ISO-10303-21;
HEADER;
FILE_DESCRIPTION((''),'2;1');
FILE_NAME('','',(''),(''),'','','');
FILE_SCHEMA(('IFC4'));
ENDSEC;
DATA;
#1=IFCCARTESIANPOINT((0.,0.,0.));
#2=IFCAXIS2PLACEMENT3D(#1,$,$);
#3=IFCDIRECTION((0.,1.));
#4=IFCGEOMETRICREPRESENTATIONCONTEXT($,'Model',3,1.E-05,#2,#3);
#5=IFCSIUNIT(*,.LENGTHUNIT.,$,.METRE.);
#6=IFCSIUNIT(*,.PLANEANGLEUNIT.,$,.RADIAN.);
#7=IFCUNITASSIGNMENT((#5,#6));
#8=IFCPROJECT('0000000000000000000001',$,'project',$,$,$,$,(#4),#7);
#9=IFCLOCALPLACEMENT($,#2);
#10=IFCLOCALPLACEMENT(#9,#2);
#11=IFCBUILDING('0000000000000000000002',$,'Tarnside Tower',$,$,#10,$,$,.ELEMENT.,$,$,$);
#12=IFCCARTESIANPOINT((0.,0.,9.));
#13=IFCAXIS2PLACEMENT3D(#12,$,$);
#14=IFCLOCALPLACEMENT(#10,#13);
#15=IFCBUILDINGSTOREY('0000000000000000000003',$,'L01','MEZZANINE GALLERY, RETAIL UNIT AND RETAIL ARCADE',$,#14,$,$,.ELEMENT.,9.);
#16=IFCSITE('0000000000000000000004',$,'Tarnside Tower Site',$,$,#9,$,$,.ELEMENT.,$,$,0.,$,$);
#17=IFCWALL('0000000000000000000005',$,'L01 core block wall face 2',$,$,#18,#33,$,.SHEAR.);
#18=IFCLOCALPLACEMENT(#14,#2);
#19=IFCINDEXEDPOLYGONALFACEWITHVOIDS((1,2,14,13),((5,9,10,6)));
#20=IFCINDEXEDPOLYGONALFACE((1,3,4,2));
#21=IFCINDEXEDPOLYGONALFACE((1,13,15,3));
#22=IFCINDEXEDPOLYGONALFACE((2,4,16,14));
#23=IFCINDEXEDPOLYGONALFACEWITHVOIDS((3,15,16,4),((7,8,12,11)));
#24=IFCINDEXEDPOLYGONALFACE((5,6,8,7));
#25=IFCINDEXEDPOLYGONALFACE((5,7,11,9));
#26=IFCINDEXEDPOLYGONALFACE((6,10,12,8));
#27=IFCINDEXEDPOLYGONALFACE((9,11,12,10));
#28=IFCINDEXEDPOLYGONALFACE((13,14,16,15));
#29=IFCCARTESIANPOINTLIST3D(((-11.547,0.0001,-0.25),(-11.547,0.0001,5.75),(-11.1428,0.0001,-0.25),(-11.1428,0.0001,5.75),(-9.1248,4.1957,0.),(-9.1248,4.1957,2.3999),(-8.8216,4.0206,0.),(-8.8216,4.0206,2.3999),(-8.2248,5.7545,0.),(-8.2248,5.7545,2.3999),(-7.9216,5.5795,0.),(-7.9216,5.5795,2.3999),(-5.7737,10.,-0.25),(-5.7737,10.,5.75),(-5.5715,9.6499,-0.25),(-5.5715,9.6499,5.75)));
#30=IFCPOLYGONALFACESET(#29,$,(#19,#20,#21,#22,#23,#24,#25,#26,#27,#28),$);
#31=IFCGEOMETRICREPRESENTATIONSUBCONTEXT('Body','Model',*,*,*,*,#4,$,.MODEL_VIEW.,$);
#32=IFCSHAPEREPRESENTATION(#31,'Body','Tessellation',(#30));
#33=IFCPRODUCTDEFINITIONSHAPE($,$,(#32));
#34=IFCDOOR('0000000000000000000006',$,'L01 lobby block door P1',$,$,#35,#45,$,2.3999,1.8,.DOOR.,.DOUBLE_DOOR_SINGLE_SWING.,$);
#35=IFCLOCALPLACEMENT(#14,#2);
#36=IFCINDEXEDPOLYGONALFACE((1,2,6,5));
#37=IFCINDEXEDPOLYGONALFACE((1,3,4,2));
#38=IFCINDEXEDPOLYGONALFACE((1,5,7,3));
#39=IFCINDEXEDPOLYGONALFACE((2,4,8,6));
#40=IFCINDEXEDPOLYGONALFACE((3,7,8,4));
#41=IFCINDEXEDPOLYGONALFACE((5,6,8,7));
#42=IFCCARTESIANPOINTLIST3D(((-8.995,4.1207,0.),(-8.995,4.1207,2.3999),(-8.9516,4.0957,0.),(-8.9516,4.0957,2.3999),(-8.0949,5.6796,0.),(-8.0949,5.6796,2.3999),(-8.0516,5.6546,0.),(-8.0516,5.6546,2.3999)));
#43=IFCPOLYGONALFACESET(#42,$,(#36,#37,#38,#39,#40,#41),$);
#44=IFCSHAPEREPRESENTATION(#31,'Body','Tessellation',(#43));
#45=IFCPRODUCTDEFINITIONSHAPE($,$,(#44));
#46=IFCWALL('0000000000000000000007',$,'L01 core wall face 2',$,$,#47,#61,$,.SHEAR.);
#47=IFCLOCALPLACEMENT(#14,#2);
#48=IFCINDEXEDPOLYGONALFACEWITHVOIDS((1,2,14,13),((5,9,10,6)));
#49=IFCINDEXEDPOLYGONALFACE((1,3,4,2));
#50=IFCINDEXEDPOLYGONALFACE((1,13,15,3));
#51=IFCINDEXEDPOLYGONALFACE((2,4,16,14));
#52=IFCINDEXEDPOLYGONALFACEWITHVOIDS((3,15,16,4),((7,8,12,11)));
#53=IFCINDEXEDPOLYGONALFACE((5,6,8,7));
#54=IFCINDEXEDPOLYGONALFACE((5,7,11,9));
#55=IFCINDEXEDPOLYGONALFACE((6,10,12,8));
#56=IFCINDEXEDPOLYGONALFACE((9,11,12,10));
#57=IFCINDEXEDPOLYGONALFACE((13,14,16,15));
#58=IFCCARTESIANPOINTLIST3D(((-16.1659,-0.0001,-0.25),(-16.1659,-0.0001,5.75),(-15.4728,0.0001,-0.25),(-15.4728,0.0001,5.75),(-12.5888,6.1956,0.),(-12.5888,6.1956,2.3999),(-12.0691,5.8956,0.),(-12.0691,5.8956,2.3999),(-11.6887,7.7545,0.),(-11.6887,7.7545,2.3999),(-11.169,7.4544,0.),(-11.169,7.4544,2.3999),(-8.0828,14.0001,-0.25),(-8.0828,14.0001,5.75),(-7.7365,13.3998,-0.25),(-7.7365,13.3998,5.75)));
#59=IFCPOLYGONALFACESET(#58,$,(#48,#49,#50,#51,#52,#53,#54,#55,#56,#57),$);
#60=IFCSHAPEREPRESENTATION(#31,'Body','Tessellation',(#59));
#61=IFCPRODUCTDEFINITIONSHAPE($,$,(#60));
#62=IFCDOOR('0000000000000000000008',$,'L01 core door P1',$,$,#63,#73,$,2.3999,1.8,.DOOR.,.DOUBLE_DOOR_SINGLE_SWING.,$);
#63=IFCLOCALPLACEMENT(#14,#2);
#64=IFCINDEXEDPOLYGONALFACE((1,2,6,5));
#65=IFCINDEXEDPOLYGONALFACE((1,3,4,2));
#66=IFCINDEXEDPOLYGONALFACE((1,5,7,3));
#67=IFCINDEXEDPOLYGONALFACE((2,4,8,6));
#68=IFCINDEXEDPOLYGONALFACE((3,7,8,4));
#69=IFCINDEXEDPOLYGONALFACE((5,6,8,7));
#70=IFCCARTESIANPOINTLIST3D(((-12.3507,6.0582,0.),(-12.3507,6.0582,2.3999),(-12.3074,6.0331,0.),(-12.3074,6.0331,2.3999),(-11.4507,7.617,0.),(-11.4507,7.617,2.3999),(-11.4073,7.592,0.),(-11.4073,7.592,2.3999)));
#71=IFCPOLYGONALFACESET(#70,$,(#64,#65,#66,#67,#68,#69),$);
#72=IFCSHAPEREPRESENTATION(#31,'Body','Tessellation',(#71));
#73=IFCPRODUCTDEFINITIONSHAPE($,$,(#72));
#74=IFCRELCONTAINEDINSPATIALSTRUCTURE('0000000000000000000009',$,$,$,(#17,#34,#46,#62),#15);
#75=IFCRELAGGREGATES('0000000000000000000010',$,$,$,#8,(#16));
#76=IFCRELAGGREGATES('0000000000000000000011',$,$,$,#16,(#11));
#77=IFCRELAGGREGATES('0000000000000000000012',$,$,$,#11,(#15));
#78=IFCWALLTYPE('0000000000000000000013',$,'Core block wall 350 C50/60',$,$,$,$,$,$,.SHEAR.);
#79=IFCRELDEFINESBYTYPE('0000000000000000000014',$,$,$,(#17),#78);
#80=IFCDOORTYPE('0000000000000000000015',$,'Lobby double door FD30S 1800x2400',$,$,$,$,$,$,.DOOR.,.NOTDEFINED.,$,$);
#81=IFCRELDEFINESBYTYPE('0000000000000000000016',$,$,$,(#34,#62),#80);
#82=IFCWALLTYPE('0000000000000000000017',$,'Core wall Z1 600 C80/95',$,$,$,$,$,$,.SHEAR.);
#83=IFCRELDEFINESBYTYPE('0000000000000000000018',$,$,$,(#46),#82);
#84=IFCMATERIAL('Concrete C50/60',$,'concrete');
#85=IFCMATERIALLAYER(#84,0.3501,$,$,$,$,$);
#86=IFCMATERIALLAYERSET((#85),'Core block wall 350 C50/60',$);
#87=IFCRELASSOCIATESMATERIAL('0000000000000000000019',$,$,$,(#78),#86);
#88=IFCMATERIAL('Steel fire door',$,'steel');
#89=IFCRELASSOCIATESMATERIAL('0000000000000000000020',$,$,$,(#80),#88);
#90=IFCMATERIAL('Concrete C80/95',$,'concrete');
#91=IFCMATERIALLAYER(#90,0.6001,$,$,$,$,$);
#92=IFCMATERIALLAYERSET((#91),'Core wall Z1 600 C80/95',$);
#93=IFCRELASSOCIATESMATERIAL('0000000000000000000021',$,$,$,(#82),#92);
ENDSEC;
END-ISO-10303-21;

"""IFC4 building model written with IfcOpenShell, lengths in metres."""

from ifc_helpers import new_model, si_unit, direction, frame, frame_2d, origin, place, context, subcontext, project, spatial, polyline, rectangle, outline, extrude, material, layer, layer_set, type_object, element, fill, save


model = new_model("IFC4")

# Units and contexts
model_context = context("Model", 3, precision=1e-05, world=origin(), true_north=direction((0.0, 1.0)))
body_context = subcontext(model_context, "Body", "Model", "MODEL_VIEW")
ifc_project = project(units=[si_unit("LENGTHUNIT", "METRE"), si_unit("PLANEANGLEUNIT", "RADIAN")], contexts=[model_context])

# Site, building, storey
site_placement = place(None, origin())
site = spatial("IfcSite", under=ifc_project, at=site_placement, Name="Tarnside Tower Site", CompositionType="ELEMENT", RefElevation=0.0)
building_placement = place(site_placement, origin())
building = spatial("IfcBuilding", under=site, at=building_placement, Name="Tarnside Tower", CompositionType="ELEMENT")
storey_placement = place(building_placement, frame((0.0, 0.0, 9.0)))
storey = spatial("IfcBuildingStorey", under=building, at=storey_placement, Name="L01", Description="MEZZANINE GALLERY, RETAIL UNIT AND RETAIL ARCADE", CompositionType="ELEMENT", Elevation=9.0)

# Walls, openings, doors
ifc_material_1 = material(Name="Concrete C50/60", Category="concrete")
ifc_layer_1 = layer(ifc_material_1, 0.3501)
ifc_layer_set_1 = layer_set([ifc_layer_1], Name="Core block wall 350 C50/60")
wall_type_1 = type_object("IfcWallType", Name="Core block wall 350 C50/60", PredefinedType="SHEAR", material=ifc_layer_set_1)
wall_1_placement = place(storey_placement, frame((-5.6726, 9.825, -0.25), z_axis=(0.0, 0.0, 1.0), x_axis=(-0.499995, -0.866028, 0.0)))
wall_1 = element("IfcWall", 1, at=wall_1_placement, inside=storey, type_object=wall_type_1, Name="L01 core block wall face 2", PredefinedType="SHEAR", context=body_context, shape_type="SweptSolid", body=[
    extrude(outline(polyline([(-0.1011, -0.175), (11.4458, -0.175), (11.2437, 0.175), (0.1011, 0.175), (-0.1011, -0.175)])), origin(), (0.0, 0.0, 1.0), 6.0),
])
opening_1_placement = place(wall_1_placement, frame((4.8013, 0.0, 0.25)))
opening_1 = element("IfcOpeningElement", 2, at=opening_1_placement, cuts=wall_1, PredefinedType="OPENING", context=body_context, shape_type="SweptSolid", body=[
    extrude(rectangle(XDim=1.8, YDim=2.3999, at=frame_2d((0.8999, 1.2))), frame((0.0, 0.1851, 0.0), z_axis=(0.0, -1.0, 0.0), x_axis=(1.0, 0.0, 0.0)), (0.0, 0.0, 1.0), 0.3701),
])
ifc_material_2 = material(Name="Steel fire door", Category="steel")
door_type_1 = type_object("IfcDoorType", Name="Lobby double door FD30S 1800x2400", OperationType="NOTDEFINED", PredefinedType="DOOR", material=ifc_material_2)
door_1_placement = place(opening_1_placement, origin())
door_1 = element("IfcDoor", 3, at=door_1_placement, inside=storey, type_object=door_type_1, Name="L01 lobby block door P1", OperationType="DOUBLE_DOOR_SINGLE_SWING", OverallHeight=2.3999, OverallWidth=1.8, PredefinedType="DOOR", context=body_context, shape_type="SweptSolid", body=[
    extrude(rectangle(XDim=1.8, YDim=2.3999, at=frame_2d((0.8999, 1.2))), frame((0.0, 0.0249, 0.0), z_axis=(0.0, -1.0, 0.0), x_axis=(1.0, 0.0, 0.0)), (0.0, 0.0, 1.0), 0.05),
])
fill(opening_1, door_1)
ifc_material_3 = material(Name="Concrete C80/95", Category="concrete")
ifc_layer_2 = layer(ifc_material_3, 0.6001)
ifc_layer_set_2 = layer_set([ifc_layer_2], Name="Core wall Z1 600 C80/95")
wall_type_2 = type_object("IfcWallType", Name="Core wall Z1 600 C80/95", PredefinedType="SHEAR", material=ifc_layer_set_2)
wall_2_placement = place(storey_placement, frame((-7.9097, 13.7, -0.25), z_axis=(0.0, 0.0, 1.0), x_axis=(-0.5, -0.866025, 0.0)))
wall_2 = element("IfcWall", 4, at=wall_2_placement, inside=storey, type_object=wall_type_2, Name="L01 core wall face 2", PredefinedType="SHEAR", context=body_context, shape_type="SweptSolid", body=[
    extrude(outline(polyline([(-0.1733, -0.3), (15.9927, -0.3), (15.646, 0.3), (0.1733, 0.3), (-0.1733, -0.3)])), origin(), (0.0, 0.0, 1.0), 6.0),
])
opening_2_placement = place(wall_2_placement, frame((7.0386, 0.0, 0.25)))
opening_2 = element("IfcOpeningElement", 5, at=opening_2_placement, cuts=wall_2, PredefinedType="OPENING", context=body_context, shape_type="SweptSolid", body=[
    extrude(rectangle(XDim=1.8, YDim=2.3999, at=frame_2d((0.8999, 1.2))), frame((0.0, 0.3101, 0.0), z_axis=(0.0, -1.0, 0.0), x_axis=(1.0, 0.0, 0.0)), (0.0, 0.0, 1.0), 0.6201),
])
door_2_placement = place(opening_2_placement, origin())
door_2 = element("IfcDoor", 6, at=door_2_placement, inside=storey, type_object=door_type_1, Name="L01 core door P1", OperationType="DOUBLE_DOOR_SINGLE_SWING", OverallHeight=2.3999, OverallWidth=1.8, PredefinedType="DOOR", context=body_context, shape_type="SweptSolid", body=[
    extrude(rectangle(XDim=1.8, YDim=2.3999, at=frame_2d((0.8999, 1.2))), frame((0.0, 0.0249, 0.0), z_axis=(0.0, -1.0, 0.0), x_axis=(1.0, 0.0, 0.0)), (0.0, 0.0, 1.0), 0.05),
])
fill(opening_2, door_2)

save(model, "model.ifc")
